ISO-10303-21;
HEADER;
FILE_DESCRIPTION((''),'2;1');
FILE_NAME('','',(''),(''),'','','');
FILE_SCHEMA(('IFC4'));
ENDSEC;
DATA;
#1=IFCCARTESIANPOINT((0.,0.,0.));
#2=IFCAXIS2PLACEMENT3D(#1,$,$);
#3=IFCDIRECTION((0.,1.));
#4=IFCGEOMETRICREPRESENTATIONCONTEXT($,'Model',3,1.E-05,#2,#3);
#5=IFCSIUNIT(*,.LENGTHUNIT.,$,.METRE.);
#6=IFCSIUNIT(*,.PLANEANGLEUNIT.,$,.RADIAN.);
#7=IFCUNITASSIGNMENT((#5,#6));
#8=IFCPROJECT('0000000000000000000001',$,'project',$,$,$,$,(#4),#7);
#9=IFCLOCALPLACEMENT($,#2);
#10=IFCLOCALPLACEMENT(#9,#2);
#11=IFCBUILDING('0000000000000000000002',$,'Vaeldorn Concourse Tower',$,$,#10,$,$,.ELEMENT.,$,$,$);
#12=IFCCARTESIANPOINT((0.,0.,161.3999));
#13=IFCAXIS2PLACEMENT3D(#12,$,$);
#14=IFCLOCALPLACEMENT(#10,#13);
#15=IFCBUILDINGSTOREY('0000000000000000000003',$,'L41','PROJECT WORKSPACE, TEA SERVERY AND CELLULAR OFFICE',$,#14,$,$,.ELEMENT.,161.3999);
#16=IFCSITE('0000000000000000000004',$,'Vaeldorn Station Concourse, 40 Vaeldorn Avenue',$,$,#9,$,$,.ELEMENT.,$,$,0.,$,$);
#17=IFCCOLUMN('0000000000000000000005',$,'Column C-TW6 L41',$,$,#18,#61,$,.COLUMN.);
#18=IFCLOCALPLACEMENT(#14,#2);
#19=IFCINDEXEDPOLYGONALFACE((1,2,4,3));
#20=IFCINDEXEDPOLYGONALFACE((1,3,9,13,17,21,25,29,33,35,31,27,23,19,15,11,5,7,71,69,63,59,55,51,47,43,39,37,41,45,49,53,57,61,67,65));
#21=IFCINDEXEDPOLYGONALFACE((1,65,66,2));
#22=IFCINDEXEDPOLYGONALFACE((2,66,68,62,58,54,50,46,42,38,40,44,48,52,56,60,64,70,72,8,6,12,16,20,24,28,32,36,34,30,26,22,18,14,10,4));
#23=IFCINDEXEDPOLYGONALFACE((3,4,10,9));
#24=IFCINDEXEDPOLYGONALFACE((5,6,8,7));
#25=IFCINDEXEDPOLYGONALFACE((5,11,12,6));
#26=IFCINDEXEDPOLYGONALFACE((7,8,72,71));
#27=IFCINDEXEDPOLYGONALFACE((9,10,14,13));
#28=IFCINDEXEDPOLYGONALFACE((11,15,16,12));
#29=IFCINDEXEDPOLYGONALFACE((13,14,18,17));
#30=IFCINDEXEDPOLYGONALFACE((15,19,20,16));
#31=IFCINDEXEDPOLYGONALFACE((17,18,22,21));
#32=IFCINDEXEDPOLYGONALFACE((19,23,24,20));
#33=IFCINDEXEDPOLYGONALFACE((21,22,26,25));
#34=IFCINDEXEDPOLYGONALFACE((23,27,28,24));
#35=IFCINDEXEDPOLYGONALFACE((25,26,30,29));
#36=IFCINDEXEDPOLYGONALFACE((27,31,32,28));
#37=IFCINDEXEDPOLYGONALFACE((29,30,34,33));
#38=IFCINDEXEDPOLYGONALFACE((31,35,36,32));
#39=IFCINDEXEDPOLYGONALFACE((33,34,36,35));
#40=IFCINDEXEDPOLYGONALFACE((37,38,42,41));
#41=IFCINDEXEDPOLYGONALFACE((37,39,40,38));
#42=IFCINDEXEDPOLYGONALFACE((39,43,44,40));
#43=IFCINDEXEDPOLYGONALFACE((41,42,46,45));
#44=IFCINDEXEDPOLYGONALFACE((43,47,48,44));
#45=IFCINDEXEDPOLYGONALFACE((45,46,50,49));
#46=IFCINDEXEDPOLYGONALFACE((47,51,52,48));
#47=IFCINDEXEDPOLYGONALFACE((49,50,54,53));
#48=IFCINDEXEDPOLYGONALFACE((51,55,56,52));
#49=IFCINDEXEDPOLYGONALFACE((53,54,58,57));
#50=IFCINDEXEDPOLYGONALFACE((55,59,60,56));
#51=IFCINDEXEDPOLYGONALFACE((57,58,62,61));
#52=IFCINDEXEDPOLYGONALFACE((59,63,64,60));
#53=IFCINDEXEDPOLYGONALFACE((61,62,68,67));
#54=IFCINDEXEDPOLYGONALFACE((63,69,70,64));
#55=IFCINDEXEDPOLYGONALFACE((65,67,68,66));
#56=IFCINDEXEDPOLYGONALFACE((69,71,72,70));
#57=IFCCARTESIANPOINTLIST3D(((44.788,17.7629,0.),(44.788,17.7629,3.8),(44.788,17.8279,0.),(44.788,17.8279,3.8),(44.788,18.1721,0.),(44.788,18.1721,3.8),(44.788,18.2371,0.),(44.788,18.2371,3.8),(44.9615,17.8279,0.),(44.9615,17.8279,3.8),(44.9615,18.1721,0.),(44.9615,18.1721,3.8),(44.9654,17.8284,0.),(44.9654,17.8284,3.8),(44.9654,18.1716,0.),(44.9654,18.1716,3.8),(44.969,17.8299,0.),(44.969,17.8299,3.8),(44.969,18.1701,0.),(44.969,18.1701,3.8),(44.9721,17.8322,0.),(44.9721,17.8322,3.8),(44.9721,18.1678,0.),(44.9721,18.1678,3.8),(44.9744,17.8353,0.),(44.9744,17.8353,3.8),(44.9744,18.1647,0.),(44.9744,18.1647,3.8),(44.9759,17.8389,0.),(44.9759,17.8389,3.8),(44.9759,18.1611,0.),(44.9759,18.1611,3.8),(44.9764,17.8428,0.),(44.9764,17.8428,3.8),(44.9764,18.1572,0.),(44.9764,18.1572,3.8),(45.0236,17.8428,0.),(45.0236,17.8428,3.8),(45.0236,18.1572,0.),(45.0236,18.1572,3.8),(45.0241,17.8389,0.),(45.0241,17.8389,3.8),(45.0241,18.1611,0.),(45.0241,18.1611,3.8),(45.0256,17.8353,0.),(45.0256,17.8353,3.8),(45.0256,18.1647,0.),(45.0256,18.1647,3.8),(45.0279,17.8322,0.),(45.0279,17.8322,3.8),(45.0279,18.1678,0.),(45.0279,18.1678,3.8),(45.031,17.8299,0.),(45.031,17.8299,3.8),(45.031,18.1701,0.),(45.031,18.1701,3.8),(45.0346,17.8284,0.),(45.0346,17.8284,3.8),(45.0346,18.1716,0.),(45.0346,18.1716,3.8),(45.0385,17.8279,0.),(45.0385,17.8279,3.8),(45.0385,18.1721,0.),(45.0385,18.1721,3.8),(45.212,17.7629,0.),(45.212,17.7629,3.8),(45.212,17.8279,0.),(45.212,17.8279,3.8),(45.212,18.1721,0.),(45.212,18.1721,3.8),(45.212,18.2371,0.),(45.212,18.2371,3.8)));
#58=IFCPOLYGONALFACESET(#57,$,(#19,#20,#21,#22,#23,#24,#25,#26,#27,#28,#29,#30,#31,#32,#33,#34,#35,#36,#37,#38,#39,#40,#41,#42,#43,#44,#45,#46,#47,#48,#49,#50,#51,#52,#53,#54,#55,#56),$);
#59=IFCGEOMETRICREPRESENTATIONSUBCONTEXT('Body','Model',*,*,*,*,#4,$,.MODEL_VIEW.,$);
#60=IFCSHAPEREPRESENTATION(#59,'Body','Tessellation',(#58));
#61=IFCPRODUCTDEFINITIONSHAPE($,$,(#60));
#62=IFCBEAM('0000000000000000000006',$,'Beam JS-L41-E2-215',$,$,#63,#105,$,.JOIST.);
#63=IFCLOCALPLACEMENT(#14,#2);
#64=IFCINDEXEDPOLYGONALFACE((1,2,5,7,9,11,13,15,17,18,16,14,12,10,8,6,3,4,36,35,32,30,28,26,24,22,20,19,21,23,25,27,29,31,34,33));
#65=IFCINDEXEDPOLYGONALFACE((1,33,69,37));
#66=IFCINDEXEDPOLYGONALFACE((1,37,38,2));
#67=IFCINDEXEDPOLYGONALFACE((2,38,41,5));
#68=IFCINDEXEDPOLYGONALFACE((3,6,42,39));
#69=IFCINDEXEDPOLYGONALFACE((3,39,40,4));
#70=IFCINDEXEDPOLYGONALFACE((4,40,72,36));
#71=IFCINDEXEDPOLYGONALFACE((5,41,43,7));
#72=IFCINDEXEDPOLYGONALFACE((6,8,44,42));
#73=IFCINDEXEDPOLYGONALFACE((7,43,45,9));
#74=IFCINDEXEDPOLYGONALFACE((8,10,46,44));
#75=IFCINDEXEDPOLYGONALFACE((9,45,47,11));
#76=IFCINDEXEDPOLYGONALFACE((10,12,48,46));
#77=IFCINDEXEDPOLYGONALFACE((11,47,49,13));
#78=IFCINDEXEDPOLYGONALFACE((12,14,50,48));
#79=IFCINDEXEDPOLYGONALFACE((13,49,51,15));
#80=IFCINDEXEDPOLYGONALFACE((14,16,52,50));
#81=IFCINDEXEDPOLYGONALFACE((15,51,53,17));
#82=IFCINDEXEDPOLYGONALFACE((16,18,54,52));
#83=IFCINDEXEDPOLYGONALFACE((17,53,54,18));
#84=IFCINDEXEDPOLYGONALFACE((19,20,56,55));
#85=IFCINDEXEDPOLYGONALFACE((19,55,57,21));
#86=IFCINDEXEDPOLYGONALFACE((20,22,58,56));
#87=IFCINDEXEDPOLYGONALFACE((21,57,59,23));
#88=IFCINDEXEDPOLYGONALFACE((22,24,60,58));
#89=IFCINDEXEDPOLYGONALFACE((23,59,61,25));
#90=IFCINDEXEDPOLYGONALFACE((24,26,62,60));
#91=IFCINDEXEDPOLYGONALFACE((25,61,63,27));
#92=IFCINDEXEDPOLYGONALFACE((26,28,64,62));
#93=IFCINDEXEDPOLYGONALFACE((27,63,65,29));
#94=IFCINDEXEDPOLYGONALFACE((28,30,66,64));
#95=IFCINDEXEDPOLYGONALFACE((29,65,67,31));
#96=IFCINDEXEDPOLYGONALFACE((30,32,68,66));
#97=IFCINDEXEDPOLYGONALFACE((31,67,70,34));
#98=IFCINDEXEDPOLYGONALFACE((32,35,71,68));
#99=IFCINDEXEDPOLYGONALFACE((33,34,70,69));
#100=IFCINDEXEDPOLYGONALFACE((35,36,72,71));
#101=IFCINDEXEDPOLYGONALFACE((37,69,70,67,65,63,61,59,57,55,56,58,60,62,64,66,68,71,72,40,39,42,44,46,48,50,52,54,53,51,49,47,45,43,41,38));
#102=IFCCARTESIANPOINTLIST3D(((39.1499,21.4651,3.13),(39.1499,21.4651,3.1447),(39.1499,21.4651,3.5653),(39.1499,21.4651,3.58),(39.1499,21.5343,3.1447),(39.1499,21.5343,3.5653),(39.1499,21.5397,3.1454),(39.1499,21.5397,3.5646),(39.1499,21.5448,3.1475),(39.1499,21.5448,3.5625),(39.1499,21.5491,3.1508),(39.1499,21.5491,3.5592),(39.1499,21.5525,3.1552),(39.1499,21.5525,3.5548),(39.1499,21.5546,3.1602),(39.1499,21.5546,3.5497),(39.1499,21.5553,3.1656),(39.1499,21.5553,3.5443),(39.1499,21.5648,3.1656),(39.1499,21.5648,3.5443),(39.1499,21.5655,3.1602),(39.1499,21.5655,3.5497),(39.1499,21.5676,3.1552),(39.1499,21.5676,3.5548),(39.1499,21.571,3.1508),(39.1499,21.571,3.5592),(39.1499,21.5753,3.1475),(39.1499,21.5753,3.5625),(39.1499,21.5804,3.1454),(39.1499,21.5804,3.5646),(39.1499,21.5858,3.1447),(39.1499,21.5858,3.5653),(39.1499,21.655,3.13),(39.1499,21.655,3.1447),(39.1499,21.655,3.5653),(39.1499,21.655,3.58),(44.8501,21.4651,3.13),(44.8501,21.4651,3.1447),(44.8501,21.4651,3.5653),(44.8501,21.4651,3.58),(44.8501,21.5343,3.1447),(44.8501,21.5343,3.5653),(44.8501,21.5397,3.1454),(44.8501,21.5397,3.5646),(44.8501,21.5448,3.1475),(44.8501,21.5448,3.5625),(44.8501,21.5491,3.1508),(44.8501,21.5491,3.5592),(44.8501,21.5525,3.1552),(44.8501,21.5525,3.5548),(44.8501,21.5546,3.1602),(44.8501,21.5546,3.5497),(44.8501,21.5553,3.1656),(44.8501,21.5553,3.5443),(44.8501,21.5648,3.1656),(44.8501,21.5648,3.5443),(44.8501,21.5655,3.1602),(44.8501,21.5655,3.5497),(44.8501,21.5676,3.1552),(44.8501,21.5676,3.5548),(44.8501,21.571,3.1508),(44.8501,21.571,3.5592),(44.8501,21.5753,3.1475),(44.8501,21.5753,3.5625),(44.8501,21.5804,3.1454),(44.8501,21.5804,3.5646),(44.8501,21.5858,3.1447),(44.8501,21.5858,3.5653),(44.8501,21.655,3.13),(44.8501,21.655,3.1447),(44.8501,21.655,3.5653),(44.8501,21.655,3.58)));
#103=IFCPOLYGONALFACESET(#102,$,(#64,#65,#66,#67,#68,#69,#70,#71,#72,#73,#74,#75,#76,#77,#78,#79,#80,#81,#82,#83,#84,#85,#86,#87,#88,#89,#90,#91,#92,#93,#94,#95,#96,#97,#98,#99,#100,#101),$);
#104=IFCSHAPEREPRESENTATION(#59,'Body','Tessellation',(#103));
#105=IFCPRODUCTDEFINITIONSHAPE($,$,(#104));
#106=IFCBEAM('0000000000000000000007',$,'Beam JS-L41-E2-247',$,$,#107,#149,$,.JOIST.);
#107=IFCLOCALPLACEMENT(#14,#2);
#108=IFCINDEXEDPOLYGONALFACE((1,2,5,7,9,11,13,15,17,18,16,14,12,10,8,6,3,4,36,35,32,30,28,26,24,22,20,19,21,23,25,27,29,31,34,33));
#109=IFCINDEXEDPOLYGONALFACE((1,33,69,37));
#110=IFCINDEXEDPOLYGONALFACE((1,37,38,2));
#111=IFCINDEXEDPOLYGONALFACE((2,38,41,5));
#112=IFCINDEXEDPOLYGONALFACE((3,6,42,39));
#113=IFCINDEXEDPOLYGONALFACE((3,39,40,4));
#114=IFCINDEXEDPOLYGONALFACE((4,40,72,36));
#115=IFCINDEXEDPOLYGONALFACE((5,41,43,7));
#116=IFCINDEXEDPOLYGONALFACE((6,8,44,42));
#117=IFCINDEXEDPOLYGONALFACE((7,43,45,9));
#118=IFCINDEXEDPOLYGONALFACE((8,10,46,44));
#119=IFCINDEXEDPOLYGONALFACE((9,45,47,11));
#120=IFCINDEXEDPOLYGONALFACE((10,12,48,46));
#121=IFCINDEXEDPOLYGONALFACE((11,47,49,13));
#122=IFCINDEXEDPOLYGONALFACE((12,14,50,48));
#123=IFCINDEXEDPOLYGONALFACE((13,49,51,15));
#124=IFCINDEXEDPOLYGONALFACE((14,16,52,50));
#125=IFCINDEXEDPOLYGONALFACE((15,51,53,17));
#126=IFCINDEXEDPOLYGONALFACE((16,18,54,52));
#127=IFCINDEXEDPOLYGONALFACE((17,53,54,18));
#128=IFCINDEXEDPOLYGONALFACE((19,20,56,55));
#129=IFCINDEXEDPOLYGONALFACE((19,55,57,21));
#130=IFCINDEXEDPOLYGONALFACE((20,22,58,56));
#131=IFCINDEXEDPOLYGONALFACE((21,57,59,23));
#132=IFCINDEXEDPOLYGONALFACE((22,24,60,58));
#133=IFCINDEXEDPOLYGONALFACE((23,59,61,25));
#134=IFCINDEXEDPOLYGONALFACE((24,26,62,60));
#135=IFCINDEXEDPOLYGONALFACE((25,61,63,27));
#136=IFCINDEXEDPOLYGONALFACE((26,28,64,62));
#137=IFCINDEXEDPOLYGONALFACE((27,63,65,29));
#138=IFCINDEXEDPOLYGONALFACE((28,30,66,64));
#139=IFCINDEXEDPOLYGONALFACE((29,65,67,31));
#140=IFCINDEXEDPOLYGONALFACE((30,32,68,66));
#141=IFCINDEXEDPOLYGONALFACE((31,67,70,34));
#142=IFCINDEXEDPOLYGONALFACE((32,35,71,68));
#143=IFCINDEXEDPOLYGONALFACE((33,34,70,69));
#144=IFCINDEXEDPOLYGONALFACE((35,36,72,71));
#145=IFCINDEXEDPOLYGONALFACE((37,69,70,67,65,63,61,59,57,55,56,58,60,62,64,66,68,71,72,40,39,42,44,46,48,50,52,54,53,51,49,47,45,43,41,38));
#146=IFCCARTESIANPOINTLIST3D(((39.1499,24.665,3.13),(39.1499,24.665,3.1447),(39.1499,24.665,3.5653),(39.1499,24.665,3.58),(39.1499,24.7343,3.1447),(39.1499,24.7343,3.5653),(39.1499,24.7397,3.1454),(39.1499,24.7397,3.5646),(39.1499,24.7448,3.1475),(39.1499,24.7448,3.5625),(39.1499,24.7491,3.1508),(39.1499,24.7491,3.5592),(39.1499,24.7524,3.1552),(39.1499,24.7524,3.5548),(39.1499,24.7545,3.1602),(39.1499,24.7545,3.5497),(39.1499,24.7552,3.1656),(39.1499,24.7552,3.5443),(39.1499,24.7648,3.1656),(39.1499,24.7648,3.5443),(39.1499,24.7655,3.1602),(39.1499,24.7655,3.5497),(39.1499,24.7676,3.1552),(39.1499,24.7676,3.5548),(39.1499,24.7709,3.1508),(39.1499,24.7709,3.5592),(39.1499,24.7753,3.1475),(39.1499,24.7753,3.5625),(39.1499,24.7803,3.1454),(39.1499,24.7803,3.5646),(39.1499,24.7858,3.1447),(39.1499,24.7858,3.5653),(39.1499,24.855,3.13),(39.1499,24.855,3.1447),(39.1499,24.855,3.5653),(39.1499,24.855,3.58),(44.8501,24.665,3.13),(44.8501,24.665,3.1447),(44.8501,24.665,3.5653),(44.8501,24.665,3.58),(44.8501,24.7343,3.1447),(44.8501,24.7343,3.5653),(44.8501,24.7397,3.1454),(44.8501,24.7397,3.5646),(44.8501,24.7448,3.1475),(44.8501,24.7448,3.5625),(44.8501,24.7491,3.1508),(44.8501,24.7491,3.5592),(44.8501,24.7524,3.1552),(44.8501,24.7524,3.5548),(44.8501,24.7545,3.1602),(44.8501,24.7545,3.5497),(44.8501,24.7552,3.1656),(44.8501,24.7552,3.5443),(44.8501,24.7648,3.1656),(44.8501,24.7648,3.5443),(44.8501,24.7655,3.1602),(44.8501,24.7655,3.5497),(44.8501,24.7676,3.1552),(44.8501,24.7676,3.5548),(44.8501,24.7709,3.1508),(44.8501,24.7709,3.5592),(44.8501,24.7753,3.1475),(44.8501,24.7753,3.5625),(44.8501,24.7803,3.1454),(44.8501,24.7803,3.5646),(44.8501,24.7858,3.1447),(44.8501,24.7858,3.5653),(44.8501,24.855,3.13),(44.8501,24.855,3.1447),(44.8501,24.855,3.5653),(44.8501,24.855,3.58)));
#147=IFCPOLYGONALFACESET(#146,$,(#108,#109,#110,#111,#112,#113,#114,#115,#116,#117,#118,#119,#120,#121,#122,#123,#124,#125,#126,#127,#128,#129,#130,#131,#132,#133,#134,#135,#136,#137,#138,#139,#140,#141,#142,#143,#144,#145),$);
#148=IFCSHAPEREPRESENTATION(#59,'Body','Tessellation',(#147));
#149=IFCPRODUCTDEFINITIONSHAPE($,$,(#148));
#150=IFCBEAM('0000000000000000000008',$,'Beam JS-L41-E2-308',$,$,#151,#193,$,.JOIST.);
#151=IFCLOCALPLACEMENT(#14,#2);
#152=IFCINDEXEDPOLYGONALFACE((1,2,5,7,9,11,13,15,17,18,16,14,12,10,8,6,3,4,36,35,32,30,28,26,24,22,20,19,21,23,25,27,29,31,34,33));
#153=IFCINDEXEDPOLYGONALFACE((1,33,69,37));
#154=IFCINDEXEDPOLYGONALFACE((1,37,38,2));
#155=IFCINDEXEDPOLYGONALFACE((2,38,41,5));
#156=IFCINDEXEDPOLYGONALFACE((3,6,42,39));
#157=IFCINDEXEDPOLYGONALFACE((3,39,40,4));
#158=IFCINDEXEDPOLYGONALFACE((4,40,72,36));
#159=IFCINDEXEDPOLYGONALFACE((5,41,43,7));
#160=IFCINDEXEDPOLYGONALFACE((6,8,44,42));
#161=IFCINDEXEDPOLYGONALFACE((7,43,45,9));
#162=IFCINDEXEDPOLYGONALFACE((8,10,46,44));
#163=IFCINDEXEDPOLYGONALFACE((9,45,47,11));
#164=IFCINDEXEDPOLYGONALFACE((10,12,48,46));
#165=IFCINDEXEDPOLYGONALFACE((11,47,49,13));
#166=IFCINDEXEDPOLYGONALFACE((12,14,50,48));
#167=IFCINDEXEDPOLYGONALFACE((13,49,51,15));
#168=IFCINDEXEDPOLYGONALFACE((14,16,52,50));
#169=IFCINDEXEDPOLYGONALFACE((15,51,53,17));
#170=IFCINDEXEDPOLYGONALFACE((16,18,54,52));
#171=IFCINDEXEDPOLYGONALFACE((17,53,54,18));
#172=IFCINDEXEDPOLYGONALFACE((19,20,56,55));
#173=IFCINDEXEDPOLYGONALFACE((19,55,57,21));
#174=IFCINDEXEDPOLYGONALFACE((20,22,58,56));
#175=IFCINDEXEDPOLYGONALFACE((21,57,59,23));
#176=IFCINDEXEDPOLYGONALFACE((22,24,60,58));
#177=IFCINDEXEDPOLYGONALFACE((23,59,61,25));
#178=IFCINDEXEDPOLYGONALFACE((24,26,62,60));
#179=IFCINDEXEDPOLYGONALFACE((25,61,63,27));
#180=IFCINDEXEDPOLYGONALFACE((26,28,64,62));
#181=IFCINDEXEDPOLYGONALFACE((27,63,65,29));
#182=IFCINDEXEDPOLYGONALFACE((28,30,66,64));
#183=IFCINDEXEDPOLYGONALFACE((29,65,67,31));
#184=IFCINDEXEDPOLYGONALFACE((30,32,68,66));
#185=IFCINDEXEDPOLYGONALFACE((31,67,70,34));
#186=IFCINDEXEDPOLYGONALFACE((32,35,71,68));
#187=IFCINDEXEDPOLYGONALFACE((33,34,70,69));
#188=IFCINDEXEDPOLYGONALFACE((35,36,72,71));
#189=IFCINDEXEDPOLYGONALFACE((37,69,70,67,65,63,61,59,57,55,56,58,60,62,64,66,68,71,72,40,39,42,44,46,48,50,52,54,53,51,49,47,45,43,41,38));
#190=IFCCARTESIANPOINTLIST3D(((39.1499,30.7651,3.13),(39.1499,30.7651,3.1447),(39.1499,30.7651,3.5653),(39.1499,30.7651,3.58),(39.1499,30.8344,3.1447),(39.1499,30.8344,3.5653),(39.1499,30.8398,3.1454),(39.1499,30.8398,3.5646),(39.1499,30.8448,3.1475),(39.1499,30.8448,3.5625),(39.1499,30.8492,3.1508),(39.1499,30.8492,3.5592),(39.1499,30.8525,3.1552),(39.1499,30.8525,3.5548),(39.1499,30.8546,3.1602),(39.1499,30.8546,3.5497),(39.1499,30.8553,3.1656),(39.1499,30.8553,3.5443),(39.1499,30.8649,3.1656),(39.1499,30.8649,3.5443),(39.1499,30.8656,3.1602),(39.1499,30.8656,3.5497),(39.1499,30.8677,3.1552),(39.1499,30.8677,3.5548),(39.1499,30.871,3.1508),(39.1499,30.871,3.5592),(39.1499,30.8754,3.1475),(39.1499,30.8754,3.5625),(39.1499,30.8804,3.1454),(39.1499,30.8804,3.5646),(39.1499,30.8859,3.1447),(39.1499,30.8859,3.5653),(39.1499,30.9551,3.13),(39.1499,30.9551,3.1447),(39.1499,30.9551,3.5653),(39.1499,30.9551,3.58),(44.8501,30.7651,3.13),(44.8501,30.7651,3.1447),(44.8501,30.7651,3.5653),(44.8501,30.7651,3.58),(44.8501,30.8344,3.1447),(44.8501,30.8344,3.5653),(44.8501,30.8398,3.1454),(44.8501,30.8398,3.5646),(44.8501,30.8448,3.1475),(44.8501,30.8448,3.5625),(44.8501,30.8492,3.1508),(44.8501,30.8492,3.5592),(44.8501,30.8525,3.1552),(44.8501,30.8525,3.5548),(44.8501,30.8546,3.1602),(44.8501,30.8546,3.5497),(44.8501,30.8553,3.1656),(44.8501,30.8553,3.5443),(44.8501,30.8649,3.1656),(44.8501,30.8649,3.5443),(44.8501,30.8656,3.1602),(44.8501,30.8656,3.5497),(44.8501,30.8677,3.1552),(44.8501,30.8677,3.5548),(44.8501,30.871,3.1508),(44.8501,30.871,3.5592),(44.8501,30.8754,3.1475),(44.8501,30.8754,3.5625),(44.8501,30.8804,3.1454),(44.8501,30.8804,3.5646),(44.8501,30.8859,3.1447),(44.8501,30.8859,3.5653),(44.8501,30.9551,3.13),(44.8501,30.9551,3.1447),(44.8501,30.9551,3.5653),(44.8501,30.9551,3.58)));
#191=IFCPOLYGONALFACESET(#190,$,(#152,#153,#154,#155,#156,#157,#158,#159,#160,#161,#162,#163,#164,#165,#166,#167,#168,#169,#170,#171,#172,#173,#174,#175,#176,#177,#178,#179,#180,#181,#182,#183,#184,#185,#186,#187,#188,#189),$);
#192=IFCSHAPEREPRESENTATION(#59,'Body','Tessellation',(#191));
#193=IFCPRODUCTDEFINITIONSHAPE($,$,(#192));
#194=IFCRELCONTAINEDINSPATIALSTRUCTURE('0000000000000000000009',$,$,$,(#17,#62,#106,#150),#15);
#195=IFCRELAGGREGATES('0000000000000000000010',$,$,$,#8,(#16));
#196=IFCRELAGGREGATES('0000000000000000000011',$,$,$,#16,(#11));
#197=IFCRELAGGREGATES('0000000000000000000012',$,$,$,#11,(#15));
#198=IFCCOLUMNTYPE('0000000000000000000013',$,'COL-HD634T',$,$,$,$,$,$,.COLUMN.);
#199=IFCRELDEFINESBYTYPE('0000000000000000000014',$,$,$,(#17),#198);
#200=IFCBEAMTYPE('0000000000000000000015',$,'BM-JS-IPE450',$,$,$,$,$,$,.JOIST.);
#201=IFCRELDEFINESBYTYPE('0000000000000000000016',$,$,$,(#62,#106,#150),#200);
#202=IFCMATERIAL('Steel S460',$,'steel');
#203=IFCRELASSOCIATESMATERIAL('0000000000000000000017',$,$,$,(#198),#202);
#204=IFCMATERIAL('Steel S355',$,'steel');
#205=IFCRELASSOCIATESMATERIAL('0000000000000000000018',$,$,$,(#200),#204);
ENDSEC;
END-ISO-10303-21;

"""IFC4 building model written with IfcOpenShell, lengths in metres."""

from ifc_helpers import new_model, si_unit, direction, frame, origin, origin_2d, place, context, subcontext, project, spatial, i_section, extrude, source, transform, mapped, material, material_profile, profile_set, type_object, element, save


model = new_model("IFC4")

# Units and contexts
model_context = context("Model", 3, precision=1e-05, world=origin(), true_north=direction((0.0, 1.0)))
body_context = subcontext(model_context, "Body", "Model", "MODEL_VIEW")
ifc_project = project(units=[si_unit("LENGTHUNIT", "METRE"), si_unit("PLANEANGLEUNIT", "RADIAN")], contexts=[model_context])

# Site, building, storey
site_placement = place(None, origin())
site = spatial("IfcSite", under=ifc_project, at=site_placement, Name="Vaeldorn Station Concourse, 40 Vaeldorn Avenue", CompositionType="ELEMENT", RefElevation=0.0)
building_placement = place(site_placement, origin())
building = spatial("IfcBuilding", under=site, at=building_placement, Name="Vaeldorn Concourse Tower", CompositionType="ELEMENT")
storey_placement = place(building_placement, frame((0.0, 0.0, 161.3999)))
storey = spatial("IfcBuildingStorey", under=building, at=storey_placement, Name="L41", Description="PROJECT WORKSPACE, TEA SERVERY AND CELLULAR OFFICE", CompositionType="ELEMENT", Elevation=161.3999)

# Column
ifc_material_1 = material(Name="Steel S460", Category="steel")
ifc_material_profile_1 = material_profile(ifc_material_1, i_section(OverallWidth=0.4241, OverallDepth=0.4741, WebThickness=0.0471, FlangeThickness=0.0649, FilletRadius=0.0149, at=origin_2d()), Name="HD 400x634")
ifc_profile_set_1 = profile_set([ifc_material_profile_1], Name="Steel S460")
column_type_1 = type_object("IfcColumnType", Name="COL-HD634T", PredefinedType="COLUMN", material=ifc_profile_set_1)
shared_shape_1 = source(origin(), body_context, "Body", "SweptSolid", [
    extrude(i_section(OverallWidth=0.4241, OverallDepth=0.4741, WebThickness=0.0471, FlangeThickness=0.0649, FilletRadius=0.0149, at=origin_2d()), origin(), (0.0, 0.0, 1.0), 3.8),
])
for number, where, z_axis, x_axis, name in (
    (1, (45.0, 18.0, 0.0), (0.0, 0.0, 1.0), (1.0, 0.0, 0.0), "Column C-TW6 L41"),
):
    element("IfcColumn", number, at=place(storey_placement, frame(where, z_axis=z_axis, x_axis=x_axis)), inside=storey, type_object=column_type_1, Name=name, PredefinedType="COLUMN", context=body_context, shape_type="MappedRepresentation", body=[
        mapped(shared_shape_1, transform((0.0, 0.0, 0.0), scale=1.0)),
    ])

# Beams
ifc_material_2 = material(Name="Steel S355", Category="steel")
ifc_material_profile_2 = material_profile(ifc_material_2, i_section(OverallWidth=0.1899, OverallDepth=0.45, WebThickness=0.0095, FlangeThickness=0.0146, FilletRadius=0.021, at=origin_2d()), Name="IPE 450")
ifc_profile_set_2 = profile_set([ifc_material_profile_2], Name="Steel S355")
beam_type_1 = type_object("IfcBeamType", Name="BM-JS-IPE450", PredefinedType="JOIST", material=ifc_profile_set_2)
shared_shape_2 = source(origin(), body_context, "Body", "SweptSolid", [
    extrude(i_section(OverallWidth=0.1899, OverallDepth=0.45, WebThickness=0.0095, FlangeThickness=0.0146, FilletRadius=0.021, at=origin_2d()), origin(), (0.0, 0.0, 1.0), 5.7002),
])
for number, where, z_axis, x_axis, name in (
    (2, (39.1499, 21.5601, 3.355), (1.0, 0.0, 0.0), (0.0, 1.0, 0.0), "Beam JS-L41-E2-215"),
    (3, (39.1499, 24.76, 3.355), (1.0, 0.0, 0.0), (0.0, 1.0, 0.0), "Beam JS-L41-E2-247"),
    (4, (39.1499, 30.8601, 3.355), (1.0, 0.0, 0.0), (0.0, 1.0, 0.0), "Beam JS-L41-E2-308"),
):
    element("IfcBeam", number, at=place(storey_placement, frame(where, z_axis=z_axis, x_axis=x_axis)), inside=storey, type_object=beam_type_1, Name=name, PredefinedType="JOIST", context=body_context, shape_type="MappedRepresentation", body=[
        mapped(shared_shape_2, transform((0.0, 0.0, 0.0), scale=1.0)),
    ])

save(model, "model.ifc")
